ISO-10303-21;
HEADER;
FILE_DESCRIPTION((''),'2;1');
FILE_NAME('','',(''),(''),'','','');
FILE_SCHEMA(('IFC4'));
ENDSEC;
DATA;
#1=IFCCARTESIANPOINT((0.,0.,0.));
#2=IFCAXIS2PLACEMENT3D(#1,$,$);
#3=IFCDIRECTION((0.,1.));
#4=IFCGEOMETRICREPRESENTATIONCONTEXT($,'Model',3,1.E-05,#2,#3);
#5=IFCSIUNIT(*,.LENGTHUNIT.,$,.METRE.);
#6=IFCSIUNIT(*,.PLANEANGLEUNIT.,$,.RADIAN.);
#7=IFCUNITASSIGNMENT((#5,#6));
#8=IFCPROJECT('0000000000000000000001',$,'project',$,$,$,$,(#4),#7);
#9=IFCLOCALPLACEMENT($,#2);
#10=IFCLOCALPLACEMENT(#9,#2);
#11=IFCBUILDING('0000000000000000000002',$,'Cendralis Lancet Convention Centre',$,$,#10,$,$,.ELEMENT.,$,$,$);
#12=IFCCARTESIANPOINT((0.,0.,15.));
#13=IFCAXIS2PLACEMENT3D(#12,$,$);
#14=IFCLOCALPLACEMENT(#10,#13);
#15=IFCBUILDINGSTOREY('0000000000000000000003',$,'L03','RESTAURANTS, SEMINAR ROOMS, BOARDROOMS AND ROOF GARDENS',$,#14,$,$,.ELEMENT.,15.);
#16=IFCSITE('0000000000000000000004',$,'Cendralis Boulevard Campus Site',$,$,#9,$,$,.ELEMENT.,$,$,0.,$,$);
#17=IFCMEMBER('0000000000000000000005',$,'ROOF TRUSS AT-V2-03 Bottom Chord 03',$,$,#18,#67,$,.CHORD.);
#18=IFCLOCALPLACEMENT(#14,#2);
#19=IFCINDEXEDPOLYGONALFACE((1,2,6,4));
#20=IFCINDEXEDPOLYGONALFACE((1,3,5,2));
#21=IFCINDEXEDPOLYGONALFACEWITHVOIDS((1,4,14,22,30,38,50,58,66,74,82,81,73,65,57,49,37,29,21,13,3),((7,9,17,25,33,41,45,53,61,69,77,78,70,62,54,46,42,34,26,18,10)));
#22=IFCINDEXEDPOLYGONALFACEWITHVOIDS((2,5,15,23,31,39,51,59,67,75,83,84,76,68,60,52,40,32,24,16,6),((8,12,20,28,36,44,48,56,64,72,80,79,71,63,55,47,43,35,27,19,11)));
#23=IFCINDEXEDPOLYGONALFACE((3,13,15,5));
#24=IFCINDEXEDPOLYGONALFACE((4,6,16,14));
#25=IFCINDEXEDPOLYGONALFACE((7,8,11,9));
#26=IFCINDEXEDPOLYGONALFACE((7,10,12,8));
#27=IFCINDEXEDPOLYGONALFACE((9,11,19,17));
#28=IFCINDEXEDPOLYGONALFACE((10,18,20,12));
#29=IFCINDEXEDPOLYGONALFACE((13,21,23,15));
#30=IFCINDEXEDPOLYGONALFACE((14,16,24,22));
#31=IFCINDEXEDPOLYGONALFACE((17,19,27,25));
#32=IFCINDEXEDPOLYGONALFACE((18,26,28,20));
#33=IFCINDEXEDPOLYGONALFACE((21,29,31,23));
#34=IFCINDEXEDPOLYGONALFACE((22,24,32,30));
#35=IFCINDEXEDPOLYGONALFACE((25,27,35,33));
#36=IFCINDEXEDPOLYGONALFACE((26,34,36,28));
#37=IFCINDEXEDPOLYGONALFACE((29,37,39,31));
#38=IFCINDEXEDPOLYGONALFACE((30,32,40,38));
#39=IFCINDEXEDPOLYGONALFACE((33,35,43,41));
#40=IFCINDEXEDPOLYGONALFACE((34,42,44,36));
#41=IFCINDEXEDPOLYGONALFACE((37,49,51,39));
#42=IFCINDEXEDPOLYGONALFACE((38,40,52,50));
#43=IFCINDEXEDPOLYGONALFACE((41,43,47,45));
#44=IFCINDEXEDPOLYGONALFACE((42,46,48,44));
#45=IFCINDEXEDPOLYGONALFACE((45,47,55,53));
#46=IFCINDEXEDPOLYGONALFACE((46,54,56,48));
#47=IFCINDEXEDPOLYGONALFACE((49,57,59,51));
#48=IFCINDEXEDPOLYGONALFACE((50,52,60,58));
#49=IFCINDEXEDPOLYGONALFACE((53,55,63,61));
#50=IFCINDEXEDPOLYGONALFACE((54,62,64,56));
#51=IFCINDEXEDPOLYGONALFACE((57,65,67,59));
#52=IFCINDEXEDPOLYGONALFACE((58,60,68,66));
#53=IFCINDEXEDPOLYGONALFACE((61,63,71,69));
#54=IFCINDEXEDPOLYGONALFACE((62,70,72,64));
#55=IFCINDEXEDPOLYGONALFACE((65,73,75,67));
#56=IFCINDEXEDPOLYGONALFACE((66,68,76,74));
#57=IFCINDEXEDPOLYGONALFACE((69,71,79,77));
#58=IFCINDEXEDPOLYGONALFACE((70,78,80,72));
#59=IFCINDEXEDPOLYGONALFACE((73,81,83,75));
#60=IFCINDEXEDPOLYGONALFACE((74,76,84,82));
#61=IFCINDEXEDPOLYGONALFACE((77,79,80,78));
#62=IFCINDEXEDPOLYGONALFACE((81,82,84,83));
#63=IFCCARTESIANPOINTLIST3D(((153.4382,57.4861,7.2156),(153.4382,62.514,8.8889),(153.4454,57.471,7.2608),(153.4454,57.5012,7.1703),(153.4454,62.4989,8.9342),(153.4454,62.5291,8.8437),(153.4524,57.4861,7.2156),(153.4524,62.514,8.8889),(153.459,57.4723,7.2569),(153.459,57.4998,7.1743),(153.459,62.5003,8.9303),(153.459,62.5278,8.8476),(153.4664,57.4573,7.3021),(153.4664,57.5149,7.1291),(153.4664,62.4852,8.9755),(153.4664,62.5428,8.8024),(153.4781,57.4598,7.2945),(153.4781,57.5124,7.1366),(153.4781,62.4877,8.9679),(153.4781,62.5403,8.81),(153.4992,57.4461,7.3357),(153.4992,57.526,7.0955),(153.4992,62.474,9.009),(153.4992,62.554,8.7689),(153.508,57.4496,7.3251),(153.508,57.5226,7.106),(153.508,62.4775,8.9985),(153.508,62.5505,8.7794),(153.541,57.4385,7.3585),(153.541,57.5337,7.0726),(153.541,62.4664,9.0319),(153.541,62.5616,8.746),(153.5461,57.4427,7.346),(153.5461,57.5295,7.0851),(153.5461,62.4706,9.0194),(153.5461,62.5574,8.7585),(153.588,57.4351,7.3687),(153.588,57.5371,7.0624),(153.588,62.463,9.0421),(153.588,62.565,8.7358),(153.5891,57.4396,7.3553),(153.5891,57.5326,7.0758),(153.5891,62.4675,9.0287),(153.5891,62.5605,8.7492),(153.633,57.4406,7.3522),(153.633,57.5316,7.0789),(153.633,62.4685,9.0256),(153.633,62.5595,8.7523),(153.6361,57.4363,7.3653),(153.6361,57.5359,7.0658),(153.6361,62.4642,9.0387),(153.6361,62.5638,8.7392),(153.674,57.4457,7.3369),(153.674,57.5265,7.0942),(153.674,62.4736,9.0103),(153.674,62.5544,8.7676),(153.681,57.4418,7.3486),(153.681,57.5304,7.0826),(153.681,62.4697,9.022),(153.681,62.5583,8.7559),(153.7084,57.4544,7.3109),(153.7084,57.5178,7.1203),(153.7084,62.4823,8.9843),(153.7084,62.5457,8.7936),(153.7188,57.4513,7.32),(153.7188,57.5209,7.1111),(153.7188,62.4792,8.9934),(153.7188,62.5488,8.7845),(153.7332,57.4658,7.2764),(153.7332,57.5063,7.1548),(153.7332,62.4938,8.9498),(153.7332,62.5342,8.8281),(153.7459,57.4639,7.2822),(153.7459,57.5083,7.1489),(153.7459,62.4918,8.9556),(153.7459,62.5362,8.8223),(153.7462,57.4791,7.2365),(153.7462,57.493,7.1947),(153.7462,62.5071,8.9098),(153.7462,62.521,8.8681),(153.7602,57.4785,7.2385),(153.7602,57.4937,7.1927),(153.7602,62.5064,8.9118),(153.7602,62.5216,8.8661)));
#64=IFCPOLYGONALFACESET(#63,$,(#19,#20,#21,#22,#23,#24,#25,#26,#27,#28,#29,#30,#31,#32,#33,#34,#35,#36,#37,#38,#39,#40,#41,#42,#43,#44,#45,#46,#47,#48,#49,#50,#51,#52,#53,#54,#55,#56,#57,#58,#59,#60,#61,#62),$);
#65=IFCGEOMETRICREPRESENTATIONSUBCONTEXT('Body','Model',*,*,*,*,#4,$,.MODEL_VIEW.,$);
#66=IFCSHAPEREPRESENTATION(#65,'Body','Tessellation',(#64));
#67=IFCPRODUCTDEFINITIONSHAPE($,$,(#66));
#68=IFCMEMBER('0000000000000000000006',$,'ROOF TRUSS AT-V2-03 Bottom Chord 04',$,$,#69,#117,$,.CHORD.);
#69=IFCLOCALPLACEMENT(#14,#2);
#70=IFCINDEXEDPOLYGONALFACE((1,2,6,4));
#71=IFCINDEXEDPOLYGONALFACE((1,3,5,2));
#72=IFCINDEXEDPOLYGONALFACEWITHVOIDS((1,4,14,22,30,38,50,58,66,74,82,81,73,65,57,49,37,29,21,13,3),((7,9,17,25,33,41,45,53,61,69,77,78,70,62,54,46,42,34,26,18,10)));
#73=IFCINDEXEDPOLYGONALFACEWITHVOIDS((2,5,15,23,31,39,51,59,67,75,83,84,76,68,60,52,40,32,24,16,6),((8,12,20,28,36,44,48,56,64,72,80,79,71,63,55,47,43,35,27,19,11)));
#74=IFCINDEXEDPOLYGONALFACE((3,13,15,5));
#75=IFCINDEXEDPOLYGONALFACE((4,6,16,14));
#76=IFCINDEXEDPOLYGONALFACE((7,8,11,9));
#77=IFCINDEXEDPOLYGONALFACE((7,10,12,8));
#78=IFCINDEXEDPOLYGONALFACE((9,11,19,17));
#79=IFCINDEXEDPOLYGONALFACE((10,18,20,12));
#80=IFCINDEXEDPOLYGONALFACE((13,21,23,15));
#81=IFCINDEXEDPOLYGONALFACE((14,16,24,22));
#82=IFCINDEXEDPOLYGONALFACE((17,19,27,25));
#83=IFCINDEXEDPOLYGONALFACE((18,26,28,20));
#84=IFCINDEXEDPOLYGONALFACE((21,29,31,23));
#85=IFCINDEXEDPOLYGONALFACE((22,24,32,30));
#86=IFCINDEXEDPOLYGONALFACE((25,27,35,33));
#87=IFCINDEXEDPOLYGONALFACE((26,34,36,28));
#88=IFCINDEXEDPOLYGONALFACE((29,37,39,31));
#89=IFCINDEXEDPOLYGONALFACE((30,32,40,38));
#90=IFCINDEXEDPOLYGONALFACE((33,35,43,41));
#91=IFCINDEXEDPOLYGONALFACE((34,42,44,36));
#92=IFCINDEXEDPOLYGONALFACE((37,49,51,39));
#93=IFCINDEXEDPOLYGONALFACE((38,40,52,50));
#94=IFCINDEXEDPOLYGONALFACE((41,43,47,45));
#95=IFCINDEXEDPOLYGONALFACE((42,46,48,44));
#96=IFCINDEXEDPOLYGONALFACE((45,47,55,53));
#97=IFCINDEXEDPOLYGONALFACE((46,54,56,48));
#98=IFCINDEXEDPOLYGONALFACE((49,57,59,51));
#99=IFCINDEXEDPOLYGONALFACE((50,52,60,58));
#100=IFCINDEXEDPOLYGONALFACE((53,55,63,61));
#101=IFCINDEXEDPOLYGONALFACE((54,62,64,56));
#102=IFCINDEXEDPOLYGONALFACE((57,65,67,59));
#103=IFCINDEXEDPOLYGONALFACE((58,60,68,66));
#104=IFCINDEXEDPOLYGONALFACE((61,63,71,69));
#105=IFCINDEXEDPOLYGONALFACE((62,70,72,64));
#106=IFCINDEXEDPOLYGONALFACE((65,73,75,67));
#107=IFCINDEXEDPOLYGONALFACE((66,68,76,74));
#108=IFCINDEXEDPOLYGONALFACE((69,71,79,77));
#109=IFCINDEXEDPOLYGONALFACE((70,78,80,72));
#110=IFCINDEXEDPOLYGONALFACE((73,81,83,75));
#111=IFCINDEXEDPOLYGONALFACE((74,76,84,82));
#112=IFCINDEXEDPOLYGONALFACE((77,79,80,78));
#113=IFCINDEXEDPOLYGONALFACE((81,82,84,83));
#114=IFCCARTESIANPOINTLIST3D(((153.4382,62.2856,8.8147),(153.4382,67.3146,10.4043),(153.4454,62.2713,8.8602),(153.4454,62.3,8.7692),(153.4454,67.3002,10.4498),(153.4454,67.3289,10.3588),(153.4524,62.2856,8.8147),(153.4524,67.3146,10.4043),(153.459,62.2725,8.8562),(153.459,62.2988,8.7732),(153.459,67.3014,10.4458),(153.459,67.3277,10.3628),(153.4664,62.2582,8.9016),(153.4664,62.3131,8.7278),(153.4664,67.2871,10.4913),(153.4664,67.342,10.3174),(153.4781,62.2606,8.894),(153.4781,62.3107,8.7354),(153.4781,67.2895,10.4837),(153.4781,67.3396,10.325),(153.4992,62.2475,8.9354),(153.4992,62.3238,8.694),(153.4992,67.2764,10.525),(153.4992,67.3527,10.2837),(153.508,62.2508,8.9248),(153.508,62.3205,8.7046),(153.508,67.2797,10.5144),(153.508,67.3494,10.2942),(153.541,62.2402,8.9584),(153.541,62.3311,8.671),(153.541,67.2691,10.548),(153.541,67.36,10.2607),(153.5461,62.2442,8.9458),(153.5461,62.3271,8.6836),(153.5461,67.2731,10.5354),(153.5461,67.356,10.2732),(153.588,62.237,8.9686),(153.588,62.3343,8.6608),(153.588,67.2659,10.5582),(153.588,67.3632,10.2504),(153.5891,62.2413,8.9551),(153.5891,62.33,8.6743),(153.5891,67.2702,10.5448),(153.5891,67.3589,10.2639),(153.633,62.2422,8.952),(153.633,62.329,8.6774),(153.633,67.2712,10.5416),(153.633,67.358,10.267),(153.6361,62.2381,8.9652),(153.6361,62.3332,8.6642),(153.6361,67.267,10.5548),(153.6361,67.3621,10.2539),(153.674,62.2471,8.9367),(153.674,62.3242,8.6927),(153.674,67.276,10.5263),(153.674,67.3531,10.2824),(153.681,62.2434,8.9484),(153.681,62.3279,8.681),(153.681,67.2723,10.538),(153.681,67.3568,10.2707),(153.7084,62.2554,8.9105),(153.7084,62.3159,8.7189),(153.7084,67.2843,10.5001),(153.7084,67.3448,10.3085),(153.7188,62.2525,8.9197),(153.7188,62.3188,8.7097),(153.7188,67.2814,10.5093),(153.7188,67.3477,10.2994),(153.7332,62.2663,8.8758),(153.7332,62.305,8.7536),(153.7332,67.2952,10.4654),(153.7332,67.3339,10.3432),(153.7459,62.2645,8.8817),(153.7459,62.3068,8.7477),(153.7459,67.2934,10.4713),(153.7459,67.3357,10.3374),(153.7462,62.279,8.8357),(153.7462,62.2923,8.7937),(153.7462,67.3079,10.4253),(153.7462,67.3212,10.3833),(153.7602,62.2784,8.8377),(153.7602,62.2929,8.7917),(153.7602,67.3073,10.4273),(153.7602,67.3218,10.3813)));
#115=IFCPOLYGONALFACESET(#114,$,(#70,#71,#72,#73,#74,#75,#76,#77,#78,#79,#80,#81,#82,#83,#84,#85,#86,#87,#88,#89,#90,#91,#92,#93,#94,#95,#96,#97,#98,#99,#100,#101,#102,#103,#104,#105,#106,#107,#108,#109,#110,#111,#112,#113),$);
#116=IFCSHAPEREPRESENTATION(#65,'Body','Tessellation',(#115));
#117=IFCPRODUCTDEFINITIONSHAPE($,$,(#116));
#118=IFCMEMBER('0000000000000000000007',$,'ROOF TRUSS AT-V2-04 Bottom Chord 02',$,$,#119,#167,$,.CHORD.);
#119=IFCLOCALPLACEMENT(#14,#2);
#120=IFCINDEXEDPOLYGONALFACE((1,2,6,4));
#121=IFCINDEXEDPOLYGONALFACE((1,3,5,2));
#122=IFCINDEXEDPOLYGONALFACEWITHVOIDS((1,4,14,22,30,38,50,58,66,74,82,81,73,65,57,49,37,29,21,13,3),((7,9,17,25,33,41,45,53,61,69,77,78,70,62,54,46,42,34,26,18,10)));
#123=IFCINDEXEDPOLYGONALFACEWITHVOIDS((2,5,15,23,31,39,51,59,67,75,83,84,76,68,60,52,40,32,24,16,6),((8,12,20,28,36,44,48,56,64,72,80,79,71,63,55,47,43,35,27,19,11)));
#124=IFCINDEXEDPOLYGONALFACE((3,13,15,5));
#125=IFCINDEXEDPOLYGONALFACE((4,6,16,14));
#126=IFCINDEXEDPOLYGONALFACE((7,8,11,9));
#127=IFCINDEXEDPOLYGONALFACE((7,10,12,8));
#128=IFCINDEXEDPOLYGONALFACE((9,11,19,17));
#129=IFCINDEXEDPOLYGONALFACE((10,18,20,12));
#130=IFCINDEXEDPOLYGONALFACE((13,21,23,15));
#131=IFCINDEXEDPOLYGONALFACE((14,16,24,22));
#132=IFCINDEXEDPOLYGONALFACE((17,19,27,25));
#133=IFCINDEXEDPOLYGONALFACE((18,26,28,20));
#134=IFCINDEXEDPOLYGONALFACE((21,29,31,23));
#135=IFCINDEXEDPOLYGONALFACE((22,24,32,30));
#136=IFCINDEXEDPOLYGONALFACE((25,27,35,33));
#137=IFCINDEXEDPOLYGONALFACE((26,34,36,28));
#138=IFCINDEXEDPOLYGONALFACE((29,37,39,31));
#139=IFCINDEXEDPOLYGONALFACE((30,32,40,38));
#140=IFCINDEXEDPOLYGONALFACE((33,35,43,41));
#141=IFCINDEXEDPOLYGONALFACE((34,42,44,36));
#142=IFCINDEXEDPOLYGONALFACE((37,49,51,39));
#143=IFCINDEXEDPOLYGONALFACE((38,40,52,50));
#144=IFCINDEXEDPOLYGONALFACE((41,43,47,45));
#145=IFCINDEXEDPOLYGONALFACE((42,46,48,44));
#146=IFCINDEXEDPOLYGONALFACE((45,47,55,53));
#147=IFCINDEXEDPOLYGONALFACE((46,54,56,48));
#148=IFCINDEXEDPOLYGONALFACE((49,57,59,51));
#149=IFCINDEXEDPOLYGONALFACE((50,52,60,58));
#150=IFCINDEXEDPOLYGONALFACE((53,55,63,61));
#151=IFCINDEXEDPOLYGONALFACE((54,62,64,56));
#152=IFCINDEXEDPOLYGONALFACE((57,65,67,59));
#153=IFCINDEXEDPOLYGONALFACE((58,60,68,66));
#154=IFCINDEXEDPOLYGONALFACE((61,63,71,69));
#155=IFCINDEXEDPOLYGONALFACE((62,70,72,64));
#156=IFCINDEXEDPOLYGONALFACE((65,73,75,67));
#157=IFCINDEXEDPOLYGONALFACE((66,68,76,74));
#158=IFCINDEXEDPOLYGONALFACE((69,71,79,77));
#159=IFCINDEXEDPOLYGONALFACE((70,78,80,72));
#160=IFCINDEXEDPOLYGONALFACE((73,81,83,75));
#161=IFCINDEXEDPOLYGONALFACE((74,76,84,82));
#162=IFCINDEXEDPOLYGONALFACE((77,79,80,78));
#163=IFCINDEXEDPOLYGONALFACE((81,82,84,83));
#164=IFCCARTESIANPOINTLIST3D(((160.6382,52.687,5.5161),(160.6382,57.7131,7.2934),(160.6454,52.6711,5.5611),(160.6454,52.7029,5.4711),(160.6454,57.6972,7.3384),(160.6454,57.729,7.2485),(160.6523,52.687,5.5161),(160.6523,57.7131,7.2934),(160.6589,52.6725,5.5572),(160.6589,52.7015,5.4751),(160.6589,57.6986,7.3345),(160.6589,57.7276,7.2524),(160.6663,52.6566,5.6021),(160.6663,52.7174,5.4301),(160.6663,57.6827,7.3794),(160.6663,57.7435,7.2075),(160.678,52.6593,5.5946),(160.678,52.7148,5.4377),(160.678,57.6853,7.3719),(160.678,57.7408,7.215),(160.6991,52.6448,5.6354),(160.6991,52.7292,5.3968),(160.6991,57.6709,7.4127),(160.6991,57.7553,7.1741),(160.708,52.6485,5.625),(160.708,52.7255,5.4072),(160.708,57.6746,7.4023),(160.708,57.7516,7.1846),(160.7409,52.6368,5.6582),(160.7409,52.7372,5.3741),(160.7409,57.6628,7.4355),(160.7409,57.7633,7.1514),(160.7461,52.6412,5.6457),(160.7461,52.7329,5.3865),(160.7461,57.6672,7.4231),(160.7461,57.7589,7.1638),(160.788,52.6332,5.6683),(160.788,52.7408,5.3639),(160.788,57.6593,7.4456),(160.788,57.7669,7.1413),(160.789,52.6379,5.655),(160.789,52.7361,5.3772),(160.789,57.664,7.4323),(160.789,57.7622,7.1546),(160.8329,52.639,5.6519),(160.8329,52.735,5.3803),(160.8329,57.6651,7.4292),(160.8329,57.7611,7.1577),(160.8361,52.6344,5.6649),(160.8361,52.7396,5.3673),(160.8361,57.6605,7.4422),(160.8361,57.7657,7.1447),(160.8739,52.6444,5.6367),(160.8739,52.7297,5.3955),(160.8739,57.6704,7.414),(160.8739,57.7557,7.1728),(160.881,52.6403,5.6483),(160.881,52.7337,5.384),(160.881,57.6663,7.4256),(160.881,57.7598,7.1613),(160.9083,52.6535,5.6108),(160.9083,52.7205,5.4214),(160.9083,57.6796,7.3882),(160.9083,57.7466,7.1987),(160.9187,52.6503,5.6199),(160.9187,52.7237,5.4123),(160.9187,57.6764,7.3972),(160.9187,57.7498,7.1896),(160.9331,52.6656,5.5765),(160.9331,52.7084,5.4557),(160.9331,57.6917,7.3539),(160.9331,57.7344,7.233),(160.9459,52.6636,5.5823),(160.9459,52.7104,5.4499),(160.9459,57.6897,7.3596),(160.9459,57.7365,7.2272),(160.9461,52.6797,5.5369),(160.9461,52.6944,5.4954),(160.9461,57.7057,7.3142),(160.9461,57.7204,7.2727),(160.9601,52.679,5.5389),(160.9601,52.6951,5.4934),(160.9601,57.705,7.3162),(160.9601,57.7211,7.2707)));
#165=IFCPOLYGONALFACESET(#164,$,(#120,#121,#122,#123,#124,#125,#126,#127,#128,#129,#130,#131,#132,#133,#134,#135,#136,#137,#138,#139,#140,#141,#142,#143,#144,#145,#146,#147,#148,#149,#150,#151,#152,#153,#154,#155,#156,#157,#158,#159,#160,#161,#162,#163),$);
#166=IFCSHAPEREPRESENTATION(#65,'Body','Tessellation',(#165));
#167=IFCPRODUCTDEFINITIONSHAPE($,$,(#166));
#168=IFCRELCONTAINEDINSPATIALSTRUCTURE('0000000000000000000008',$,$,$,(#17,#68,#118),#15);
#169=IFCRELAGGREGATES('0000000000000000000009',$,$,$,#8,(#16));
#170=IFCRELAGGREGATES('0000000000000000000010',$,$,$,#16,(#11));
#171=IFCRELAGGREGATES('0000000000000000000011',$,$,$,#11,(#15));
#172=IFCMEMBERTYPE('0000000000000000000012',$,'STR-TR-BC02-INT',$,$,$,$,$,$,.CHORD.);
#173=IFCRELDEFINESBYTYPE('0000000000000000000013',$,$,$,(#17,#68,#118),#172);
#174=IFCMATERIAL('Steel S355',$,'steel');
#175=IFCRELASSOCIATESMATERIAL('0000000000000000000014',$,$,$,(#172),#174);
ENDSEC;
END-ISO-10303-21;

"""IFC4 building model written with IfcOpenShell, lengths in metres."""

from ifc_helpers import new_model, si_unit, direction, frame, origin, origin_2d, place, context, subcontext, project, spatial, hollow_circle, extrude, material, material_profile, profile_set, type_object, element, save


model = new_model("IFC4")

# Units and contexts
model_context = context("Model", 3, precision=1e-05, world=origin(), true_north=direction((0.0, 1.0)))
body_context = subcontext(model_context, "Body", "Model", "MODEL_VIEW")
ifc_project = project(units=[si_unit("LENGTHUNIT", "METRE"), si_unit("PLANEANGLEUNIT", "RADIAN")], contexts=[model_context])

# Site, building, storey
site_placement = place(None, origin())
site = spatial("IfcSite", under=ifc_project, at=site_placement, Name="Cendralis Boulevard Campus Site", CompositionType="ELEMENT", RefElevation=0.0)
building_placement = place(site_placement, origin())
building = spatial("IfcBuilding", under=site, at=building_placement, Name="Cendralis Lancet Convention Centre", CompositionType="ELEMENT")
storey_placement = place(building_placement, frame((0.0, 0.0, 15.0)))
storey = spatial("IfcBuildingStorey", under=building, at=storey_placement, Name="L03", Description="RESTAURANTS, SEMINAR ROOMS, BOARDROOMS AND ROOF GARDENS", CompositionType="ELEMENT", Elevation=15.0)

# Members
ifc_material = material(Name="Steel S355", Category="steel")
ifc_material_profile_1 = material_profile(ifc_material, hollow_circle(Radius=0.1619, WallThickness=0.0142, at=origin_2d()), Name="CHS 323.9x14.2")
ifc_profile_set_1 = profile_set([ifc_material_profile_1], Name="Steel S355")
member_type_1 = type_object("IfcMemberType", Name="STR-TR-BC02-INT", PredefinedType="CHORD", material=ifc_profile_set_1)
member_1_placement = place(storey_placement, frame((153.6001, 57.4861, 7.2156), z_axis=(0.0, 0.948831, 0.315785), x_axis=(-1.0, 0.0, 0.0)))
element("IfcMember", 1, at=member_1_placement, inside=storey, type_object=member_type_1, Name="ROOF TRUSS AT-V2-03 Bottom Chord 03", PredefinedType="CHORD", context=body_context, shape_type="SweptSolid", body=[
    extrude(hollow_circle(Radius=0.1619, WallThickness=0.0142, at=origin_2d()), origin(), (0.0, 0.0, 1.0), 5.2991),
])
member_2_placement = place(storey_placement, frame((153.6001, 62.2856, 8.8147), z_axis=(0.0, 0.953498, 0.301399), x_axis=(-1.0, 0.0, 0.0)))
element("IfcMember", 2, at=member_2_placement, inside=storey, type_object=member_type_1, Name="ROOF TRUSS AT-V2-03 Bottom Chord 04", PredefinedType="CHORD", context=body_context, shape_type="SweptSolid", body=[
    extrude(hollow_circle(Radius=0.1619, WallThickness=0.0142, at=origin_2d()), origin(), (0.0, 0.0, 1.0), 5.2742),
])
member_3_placement = place(storey_placement, frame((160.8, 52.687, 5.5161), z_axis=(0.0, 0.942789, 0.33339), x_axis=(-1.0, 0.0, 0.0)))
element("IfcMember", 3, at=member_3_placement, inside=storey, type_object=member_type_1, Name="ROOF TRUSS AT-V2-04 Bottom Chord 02", PredefinedType="CHORD", context=body_context, shape_type="SweptSolid", body=[
    extrude(hollow_circle(Radius=0.1619, WallThickness=0.0142, at=origin_2d()), origin(), (0.0, 0.0, 1.0), 5.3311),
])

save(model, "model.ifc")
